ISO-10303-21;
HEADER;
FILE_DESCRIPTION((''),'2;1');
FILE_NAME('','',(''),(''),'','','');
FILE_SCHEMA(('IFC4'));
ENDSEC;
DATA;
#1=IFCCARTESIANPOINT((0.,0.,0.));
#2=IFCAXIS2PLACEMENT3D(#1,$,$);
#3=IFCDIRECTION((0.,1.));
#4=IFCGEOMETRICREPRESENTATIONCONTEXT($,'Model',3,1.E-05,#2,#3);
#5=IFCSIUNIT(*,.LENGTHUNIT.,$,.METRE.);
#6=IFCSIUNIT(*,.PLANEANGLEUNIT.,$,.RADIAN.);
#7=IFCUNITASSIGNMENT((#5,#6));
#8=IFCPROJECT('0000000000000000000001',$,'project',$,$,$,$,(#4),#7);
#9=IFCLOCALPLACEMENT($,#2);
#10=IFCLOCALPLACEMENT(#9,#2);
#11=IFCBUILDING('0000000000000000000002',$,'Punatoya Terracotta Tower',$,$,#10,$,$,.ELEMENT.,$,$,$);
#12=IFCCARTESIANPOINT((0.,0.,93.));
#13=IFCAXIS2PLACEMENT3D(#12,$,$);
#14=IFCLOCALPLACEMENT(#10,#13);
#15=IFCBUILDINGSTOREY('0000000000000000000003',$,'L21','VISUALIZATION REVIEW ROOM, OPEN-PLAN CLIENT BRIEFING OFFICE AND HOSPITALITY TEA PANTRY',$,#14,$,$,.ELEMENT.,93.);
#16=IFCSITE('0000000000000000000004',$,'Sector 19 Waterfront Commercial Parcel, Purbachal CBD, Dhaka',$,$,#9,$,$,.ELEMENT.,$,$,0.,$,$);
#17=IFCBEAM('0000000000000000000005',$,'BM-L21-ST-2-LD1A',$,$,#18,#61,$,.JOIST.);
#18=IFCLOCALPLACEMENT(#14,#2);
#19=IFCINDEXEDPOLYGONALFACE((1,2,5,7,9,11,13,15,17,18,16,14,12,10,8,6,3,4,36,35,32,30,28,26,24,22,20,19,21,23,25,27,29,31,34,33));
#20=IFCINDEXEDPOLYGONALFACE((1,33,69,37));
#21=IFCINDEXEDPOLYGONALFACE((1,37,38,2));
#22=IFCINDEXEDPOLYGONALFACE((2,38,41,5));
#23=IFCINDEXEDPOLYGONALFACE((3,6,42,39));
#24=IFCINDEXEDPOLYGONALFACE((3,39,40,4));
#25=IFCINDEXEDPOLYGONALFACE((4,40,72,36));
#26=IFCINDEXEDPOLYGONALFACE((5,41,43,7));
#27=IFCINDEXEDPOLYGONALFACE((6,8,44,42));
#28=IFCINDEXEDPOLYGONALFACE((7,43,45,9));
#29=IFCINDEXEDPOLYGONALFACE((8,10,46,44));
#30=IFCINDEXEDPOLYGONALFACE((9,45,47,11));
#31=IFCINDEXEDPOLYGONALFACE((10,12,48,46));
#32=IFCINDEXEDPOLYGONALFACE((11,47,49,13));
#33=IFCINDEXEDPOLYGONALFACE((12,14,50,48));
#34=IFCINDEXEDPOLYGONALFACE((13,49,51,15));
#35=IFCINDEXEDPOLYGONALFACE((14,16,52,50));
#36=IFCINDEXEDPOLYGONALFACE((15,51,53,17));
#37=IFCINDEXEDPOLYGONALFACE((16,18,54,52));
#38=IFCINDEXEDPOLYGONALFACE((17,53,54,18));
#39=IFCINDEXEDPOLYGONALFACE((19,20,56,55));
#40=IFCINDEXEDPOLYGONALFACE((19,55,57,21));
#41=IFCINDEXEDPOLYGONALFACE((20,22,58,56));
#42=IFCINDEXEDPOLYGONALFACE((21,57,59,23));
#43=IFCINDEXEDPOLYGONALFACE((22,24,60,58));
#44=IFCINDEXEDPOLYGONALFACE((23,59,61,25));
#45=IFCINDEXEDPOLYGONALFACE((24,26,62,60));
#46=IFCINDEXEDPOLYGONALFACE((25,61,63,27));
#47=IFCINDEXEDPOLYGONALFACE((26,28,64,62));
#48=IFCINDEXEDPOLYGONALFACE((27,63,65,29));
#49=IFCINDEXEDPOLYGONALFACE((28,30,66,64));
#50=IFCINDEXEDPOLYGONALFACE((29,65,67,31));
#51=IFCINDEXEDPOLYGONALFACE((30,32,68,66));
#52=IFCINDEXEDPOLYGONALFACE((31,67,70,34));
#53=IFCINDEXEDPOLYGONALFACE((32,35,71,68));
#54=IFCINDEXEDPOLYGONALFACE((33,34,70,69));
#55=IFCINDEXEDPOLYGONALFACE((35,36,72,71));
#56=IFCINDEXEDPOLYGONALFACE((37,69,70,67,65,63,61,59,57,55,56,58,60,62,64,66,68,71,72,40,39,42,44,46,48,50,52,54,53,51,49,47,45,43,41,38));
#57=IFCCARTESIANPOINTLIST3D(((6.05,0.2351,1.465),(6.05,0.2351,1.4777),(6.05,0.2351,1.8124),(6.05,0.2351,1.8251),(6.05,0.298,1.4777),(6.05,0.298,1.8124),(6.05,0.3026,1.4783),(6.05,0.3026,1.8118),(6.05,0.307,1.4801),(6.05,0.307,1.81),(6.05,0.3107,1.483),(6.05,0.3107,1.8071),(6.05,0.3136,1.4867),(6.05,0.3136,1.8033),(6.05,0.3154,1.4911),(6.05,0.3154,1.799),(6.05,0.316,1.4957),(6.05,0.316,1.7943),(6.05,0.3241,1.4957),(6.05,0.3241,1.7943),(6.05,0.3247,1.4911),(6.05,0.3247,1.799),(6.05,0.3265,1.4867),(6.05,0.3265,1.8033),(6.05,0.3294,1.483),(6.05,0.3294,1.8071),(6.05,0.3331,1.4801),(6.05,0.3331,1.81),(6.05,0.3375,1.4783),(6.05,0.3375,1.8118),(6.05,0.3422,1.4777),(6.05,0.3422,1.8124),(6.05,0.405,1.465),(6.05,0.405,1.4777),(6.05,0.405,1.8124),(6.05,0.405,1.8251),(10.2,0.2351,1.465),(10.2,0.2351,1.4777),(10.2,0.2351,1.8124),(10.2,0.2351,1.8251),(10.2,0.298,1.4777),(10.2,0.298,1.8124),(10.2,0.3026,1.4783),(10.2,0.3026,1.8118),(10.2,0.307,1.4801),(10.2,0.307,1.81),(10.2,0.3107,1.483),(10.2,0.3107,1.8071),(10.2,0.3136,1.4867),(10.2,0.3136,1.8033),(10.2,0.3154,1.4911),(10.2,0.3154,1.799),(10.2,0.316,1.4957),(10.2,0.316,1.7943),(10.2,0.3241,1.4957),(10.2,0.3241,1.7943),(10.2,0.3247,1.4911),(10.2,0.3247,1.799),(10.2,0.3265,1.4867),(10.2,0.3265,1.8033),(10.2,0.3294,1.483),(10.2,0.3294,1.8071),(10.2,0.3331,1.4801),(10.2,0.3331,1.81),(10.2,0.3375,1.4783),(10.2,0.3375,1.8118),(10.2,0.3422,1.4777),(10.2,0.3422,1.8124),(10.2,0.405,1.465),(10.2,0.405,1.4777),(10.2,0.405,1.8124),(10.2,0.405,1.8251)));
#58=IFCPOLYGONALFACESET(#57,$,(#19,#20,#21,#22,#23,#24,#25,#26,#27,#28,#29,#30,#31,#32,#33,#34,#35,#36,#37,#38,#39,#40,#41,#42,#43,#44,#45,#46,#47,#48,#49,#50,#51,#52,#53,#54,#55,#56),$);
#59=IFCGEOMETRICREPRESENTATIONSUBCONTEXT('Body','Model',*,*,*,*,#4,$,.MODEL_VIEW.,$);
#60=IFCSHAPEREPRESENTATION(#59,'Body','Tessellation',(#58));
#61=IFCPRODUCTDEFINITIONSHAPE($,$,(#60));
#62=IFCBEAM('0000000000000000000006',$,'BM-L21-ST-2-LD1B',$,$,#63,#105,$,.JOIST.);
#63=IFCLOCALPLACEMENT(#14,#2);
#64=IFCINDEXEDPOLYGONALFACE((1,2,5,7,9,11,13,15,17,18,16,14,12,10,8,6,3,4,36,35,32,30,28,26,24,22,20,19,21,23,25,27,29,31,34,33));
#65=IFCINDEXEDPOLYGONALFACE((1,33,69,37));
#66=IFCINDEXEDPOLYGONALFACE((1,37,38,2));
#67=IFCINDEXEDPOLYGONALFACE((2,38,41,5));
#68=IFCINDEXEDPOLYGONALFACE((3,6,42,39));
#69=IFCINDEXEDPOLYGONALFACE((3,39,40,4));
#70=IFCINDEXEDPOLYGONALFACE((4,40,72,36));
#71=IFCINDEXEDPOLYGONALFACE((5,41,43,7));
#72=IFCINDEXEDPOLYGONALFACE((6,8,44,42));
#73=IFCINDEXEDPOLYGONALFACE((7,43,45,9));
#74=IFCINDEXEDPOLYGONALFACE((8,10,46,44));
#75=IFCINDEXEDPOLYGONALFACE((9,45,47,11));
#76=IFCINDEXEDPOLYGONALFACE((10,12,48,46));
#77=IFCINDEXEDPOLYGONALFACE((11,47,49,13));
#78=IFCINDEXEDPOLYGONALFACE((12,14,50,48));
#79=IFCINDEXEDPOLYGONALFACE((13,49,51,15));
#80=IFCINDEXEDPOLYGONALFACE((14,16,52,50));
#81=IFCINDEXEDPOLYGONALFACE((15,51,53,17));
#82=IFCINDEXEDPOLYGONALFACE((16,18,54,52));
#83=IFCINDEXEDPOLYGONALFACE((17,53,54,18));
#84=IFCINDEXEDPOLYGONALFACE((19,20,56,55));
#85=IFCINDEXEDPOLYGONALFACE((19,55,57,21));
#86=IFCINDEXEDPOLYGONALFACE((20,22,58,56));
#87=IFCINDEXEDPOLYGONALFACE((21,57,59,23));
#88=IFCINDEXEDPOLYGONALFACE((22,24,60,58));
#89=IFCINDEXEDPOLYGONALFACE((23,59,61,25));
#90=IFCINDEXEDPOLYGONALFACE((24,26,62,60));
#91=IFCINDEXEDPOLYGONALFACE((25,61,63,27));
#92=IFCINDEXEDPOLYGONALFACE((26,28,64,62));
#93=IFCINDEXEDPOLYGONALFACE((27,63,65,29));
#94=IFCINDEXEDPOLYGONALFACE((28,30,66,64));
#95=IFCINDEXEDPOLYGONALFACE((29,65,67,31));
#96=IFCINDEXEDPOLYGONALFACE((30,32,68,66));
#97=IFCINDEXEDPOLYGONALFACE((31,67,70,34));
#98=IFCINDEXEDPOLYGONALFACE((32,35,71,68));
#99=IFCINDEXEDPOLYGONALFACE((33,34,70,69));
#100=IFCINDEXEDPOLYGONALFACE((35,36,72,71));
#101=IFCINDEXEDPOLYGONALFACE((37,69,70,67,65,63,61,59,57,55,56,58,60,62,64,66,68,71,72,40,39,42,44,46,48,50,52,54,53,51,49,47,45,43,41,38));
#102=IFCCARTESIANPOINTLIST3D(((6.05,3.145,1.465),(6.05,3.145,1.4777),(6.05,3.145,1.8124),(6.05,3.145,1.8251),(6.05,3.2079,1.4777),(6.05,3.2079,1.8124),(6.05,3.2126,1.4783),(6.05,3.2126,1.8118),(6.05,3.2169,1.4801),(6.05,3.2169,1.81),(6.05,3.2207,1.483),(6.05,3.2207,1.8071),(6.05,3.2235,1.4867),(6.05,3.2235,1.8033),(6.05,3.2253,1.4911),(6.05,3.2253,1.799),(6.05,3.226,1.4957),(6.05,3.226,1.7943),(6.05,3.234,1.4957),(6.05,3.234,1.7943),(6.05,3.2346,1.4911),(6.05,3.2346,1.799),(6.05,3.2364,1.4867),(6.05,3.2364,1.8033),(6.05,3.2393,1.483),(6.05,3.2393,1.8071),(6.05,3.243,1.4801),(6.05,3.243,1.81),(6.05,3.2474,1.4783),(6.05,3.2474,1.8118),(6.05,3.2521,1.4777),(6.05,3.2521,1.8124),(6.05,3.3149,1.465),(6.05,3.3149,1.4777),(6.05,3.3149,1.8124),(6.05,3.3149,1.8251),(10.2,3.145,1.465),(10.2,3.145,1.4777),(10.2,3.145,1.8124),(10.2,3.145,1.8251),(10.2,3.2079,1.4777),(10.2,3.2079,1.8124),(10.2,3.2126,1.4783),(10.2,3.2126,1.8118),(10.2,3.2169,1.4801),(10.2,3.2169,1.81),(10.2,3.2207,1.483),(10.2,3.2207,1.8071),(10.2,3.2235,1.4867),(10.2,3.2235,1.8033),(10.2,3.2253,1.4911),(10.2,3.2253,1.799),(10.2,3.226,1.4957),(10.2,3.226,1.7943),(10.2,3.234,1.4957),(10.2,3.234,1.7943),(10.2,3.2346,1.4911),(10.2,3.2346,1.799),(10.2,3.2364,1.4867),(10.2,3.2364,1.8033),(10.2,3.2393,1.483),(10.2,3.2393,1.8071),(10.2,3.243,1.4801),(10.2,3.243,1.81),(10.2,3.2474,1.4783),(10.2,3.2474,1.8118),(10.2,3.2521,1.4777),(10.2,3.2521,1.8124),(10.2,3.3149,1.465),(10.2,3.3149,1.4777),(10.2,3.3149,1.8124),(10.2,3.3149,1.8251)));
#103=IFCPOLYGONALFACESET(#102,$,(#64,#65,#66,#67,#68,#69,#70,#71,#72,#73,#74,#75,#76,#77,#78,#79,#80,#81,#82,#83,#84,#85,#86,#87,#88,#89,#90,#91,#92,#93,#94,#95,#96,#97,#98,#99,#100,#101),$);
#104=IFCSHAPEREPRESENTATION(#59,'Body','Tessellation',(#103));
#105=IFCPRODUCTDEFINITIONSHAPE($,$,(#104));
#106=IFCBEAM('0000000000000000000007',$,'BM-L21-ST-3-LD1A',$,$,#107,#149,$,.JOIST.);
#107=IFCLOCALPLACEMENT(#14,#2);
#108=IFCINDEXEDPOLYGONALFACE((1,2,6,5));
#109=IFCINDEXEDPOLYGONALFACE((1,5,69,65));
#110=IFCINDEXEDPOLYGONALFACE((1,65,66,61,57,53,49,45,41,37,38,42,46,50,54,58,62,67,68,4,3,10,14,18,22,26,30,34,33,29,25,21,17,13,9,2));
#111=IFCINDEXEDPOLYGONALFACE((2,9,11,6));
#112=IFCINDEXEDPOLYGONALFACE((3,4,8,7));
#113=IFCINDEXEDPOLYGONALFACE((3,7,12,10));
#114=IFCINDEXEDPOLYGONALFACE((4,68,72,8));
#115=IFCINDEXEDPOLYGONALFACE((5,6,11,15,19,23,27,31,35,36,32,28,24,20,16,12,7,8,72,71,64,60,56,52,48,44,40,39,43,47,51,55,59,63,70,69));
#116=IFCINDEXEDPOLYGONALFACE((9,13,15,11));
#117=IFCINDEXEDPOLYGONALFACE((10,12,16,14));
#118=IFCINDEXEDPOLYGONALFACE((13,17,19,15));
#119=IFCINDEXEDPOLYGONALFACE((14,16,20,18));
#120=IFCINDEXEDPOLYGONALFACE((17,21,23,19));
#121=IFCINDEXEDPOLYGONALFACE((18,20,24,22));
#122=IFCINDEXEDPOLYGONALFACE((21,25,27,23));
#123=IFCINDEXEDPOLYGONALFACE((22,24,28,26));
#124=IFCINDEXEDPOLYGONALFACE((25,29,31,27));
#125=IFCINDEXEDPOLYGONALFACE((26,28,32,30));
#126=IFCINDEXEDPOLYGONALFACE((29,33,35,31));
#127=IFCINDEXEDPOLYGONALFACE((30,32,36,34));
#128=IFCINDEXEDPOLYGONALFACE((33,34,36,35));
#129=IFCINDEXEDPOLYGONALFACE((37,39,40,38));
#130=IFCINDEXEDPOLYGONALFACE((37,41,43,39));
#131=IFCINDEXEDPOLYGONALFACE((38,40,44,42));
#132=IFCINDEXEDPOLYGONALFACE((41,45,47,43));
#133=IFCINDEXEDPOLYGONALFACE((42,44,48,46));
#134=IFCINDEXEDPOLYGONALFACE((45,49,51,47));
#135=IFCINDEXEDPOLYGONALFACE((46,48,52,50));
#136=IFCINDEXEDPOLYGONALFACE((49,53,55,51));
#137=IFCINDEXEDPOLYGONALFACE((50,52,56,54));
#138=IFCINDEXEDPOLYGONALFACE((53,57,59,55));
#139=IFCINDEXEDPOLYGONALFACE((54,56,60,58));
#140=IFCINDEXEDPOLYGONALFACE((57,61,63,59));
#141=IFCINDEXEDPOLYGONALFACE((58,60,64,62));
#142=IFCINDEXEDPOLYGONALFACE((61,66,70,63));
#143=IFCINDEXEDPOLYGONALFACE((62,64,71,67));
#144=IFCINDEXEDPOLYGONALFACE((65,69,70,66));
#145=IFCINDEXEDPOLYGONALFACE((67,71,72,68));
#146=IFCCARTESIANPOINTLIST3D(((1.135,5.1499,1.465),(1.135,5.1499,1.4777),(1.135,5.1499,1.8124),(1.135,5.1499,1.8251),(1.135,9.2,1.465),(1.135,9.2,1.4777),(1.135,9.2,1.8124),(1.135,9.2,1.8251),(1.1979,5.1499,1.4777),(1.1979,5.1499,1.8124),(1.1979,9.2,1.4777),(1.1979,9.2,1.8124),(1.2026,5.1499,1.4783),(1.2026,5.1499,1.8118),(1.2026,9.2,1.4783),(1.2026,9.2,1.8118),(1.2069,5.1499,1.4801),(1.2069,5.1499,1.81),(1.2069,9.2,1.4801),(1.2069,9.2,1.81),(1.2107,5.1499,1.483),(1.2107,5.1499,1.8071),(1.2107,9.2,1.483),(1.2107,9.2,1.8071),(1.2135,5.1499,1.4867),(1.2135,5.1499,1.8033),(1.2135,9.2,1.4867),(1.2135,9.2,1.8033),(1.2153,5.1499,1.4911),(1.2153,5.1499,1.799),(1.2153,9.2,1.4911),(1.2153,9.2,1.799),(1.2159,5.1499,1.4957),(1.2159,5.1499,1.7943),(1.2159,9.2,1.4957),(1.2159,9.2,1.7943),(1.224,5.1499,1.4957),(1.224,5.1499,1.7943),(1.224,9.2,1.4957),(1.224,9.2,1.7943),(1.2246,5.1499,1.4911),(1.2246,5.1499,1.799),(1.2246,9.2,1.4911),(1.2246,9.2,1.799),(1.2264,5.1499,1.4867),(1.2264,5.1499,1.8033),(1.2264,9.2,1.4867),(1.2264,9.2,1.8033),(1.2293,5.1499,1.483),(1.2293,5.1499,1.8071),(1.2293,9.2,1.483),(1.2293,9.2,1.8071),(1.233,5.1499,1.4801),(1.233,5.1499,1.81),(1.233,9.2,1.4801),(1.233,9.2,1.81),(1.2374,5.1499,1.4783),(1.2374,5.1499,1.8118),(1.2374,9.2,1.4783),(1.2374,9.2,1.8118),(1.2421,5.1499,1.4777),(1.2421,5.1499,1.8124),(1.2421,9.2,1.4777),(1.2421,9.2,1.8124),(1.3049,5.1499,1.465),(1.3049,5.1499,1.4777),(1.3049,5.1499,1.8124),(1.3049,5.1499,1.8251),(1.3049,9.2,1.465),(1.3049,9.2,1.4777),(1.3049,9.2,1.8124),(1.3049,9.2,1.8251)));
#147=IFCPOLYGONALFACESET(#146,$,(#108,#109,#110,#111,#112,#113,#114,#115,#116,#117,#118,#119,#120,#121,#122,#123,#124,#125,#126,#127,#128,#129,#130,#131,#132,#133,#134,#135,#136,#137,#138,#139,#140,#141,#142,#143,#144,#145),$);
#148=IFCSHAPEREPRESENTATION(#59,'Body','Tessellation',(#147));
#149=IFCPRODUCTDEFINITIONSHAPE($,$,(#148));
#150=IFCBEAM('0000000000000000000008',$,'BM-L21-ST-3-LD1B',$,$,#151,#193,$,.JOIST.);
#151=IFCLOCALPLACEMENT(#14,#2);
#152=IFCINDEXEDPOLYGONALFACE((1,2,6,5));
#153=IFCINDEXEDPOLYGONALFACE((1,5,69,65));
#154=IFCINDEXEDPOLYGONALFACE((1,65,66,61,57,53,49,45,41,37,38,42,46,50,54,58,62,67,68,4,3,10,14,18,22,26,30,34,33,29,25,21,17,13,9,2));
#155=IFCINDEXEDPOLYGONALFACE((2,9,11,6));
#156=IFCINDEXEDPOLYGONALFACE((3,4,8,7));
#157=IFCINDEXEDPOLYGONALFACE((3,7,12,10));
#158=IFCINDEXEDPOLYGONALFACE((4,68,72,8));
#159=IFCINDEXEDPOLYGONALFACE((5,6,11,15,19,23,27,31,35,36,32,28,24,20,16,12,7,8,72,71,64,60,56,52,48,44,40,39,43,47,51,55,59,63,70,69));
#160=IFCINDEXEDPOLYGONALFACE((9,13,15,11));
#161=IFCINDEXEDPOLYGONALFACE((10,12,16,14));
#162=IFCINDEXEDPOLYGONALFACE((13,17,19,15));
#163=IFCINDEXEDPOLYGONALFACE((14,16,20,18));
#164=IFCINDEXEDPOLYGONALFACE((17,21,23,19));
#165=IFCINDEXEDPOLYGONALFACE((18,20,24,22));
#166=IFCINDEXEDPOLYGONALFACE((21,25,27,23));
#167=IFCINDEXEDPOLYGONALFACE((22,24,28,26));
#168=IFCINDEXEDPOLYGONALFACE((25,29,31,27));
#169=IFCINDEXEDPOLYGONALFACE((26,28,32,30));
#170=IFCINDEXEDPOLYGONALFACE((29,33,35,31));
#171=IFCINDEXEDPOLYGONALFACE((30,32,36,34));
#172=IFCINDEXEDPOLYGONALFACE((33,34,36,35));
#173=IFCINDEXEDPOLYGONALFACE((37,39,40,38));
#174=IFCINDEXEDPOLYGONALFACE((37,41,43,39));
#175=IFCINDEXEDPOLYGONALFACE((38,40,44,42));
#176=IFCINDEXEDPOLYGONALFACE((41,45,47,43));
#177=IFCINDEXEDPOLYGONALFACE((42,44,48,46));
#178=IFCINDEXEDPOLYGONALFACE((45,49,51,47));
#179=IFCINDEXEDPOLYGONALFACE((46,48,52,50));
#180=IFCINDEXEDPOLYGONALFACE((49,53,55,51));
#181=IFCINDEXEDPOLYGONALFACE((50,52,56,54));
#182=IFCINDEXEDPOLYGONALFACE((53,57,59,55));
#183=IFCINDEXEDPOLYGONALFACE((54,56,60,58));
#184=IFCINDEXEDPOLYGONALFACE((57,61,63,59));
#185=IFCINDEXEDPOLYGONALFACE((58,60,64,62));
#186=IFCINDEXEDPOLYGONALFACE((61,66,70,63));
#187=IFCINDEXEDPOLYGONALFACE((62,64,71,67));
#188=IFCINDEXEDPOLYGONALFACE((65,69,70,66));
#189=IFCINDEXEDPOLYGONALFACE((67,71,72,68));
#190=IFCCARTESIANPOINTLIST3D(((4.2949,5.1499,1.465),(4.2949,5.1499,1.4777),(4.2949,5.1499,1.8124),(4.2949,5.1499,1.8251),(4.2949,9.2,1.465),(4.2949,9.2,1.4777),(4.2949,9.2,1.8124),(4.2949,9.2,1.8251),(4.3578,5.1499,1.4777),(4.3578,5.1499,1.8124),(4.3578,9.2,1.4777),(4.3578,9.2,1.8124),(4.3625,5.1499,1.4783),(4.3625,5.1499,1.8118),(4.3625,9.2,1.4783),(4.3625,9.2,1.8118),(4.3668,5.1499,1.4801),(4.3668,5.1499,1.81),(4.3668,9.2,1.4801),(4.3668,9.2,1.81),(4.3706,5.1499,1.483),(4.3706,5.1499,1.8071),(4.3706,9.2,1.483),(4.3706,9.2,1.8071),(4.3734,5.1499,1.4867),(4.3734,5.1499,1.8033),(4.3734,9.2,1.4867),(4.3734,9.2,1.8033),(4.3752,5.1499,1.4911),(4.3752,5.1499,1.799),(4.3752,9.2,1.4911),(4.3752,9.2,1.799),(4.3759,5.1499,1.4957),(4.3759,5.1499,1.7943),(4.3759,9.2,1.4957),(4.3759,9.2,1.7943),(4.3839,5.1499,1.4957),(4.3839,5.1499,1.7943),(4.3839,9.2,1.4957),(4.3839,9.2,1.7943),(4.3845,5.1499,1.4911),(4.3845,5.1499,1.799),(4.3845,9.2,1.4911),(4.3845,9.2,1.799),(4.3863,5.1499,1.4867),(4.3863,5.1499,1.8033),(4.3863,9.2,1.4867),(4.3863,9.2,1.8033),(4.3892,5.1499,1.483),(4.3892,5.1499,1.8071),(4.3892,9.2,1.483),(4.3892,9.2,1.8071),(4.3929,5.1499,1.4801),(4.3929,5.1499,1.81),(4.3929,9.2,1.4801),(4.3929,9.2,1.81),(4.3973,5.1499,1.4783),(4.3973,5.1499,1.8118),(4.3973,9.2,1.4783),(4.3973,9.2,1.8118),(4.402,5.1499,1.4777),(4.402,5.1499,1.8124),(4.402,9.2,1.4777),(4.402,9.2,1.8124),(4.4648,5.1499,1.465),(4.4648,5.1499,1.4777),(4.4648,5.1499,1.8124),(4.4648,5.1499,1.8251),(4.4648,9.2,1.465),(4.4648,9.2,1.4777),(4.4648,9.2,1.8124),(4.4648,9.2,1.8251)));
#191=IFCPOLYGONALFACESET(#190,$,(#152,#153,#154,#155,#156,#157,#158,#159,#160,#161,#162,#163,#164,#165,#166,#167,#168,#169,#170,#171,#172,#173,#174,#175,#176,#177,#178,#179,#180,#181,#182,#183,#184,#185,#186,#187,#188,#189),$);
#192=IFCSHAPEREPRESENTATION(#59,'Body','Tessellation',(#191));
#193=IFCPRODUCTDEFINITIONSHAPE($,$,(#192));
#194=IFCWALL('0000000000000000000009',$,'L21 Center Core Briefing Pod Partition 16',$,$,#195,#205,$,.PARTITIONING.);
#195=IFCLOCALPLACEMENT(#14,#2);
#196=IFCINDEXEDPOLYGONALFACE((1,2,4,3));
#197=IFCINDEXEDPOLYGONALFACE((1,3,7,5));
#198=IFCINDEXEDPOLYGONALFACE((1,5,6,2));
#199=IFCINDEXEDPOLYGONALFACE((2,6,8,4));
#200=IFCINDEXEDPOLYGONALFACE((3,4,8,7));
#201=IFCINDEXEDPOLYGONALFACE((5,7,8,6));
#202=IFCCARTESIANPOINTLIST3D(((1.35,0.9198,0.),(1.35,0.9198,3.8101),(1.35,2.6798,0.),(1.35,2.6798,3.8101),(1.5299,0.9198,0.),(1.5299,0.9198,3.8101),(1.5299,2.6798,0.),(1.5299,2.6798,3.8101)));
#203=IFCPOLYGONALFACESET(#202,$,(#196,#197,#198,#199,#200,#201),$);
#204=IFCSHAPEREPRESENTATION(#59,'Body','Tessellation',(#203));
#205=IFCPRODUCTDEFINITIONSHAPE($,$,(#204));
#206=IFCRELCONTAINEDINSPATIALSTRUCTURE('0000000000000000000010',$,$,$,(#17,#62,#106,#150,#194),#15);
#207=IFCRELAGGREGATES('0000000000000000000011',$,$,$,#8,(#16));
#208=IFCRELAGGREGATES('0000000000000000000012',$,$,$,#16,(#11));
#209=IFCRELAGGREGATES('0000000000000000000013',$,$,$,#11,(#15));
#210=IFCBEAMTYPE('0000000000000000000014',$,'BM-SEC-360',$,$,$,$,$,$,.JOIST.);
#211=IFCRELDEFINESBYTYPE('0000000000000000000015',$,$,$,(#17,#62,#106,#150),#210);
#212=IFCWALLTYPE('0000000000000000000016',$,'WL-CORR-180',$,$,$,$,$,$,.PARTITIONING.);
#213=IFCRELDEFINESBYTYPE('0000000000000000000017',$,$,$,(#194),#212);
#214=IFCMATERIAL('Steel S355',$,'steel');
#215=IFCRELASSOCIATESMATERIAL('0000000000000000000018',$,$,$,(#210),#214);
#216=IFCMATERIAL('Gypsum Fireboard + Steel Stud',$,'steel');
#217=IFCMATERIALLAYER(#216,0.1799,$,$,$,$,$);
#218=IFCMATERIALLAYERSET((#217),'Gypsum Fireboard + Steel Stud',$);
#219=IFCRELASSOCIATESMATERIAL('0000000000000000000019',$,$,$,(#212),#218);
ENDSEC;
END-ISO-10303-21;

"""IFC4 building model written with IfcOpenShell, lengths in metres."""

from ifc_helpers import new_model, si_unit, direction, frame, frame_2d, origin, origin_2d, place, context, subcontext, project, spatial, rectangle, i_section, extrude, material, layer, layer_set, material_profile, profile_set, type_object, element, save


model = new_model("IFC4")

# Units and contexts
model_context = context("Model", 3, precision=1e-05, world=origin(), true_north=direction((0.0, 1.0)))
body_context = subcontext(model_context, "Body", "Model", "MODEL_VIEW")
ifc_project = project(units=[si_unit("LENGTHUNIT", "METRE"), si_unit("PLANEANGLEUNIT", "RADIAN")], contexts=[model_context])

# Site, building, storey
site_placement = place(None, origin())
site = spatial("IfcSite", under=ifc_project, at=site_placement, Name="Sector 19 Waterfront Commercial Parcel, Purbachal CBD, Dhaka", CompositionType="ELEMENT", RefElevation=0.0)
building_placement = place(site_placement, origin())
building = spatial("IfcBuilding", under=site, at=building_placement, Name="Punatoya Terracotta Tower", CompositionType="ELEMENT")
storey_placement = place(building_placement, frame((0.0, 0.0, 93.0)))
storey = spatial("IfcBuildingStorey", under=building, at=storey_placement, Name="L21", Description="VISUALIZATION REVIEW ROOM, OPEN-PLAN CLIENT BRIEFING OFFICE AND HOSPITALITY TEA PANTRY", CompositionType="ELEMENT", Elevation=93.0)

# Beams
ifc_material_1 = material(Name="Steel S355", Category="steel")
ifc_material_profile = material_profile(ifc_material_1, i_section(OverallWidth=0.1699, OverallDepth=0.3601, WebThickness=0.0081, FlangeThickness=0.0127, FilletRadius=0.0181, at=origin_2d()))
ifc_profile_set = profile_set([ifc_material_profile], Name="Steel S355")
beam_type = type_object("IfcBeamType", Name="BM-SEC-360", PredefinedType="JOIST", material=ifc_profile_set)
for number, where, z_axis, x_axis, name in (
    (1, (6.05, 0.3201, 1.645), (1.0, 0.0, 0.0), (0.0, 1.0, 0.0), "BM-L21-ST-2-LD1A"),
    (2, (6.05, 3.23, 1.645), (1.0, 0.0, 0.0), (0.0, 1.0, 0.0), "BM-L21-ST-2-LD1B"),
):
    element("IfcBeam", number, at=place(storey_placement, frame(where, z_axis=z_axis, x_axis=x_axis)), inside=storey, type_object=beam_type, Name=name, PredefinedType="JOIST", context=body_context, shape_type="SweptSolid", body=[
        extrude(i_section(OverallWidth=0.1699, OverallDepth=0.3601, WebThickness=0.0081, FlangeThickness=0.0127, FilletRadius=0.0181, at=origin_2d()), origin(), (0.0, 0.0, 1.0), 4.1499),
    ])
for number, where, z_axis, x_axis, name in (
    (3, (1.22, 5.1499, 1.645), (0.0, 1.0, 0.0), (-1.0, 0.0, 0.0), "BM-L21-ST-3-LD1A"),
    (4, (4.3799, 5.1499, 1.645), (0.0, 1.0, 0.0), (-1.0, 0.0, 0.0), "BM-L21-ST-3-LD1B"),
):
    element("IfcBeam", number, at=place(storey_placement, frame(where, z_axis=z_axis, x_axis=x_axis)), inside=storey, type_object=beam_type, Name=name, PredefinedType="JOIST", context=body_context, shape_type="SweptSolid", body=[
        extrude(i_section(OverallWidth=0.1699, OverallDepth=0.3601, WebThickness=0.0081, FlangeThickness=0.0127, FilletRadius=0.0181, at=origin_2d()), origin(), (0.0, 0.0, 1.0), 4.05),
    ])

# Wall
ifc_material_2 = material(Name="Gypsum Fireboard + Steel Stud", Category="steel")
ifc_layer_1 = layer(ifc_material_2, 0.1799)
ifc_layer_set_1 = layer_set([ifc_layer_1], Name="Gypsum Fireboard + Steel Stud")
wall_type_1 = type_object("IfcWallType", Name="WL-CORR-180", PredefinedType="PARTITIONING", material=ifc_layer_set_1)
wall_1_placement = place(storey_placement, frame((1.4399, 0.9199, 0.0), z_axis=(0.0, 0.0, 1.0), x_axis=(0.0, 1.0, 0.0)))
element("IfcWall", 5, at=wall_1_placement, inside=storey, type_object=wall_type_1, Name="L21 Center Core Briefing Pod Partition 16", PredefinedType="PARTITIONING", context=body_context, shape_type="SweptSolid", body=[
    extrude(rectangle(XDim=1.76, YDim=0.1799, at=frame_2d((0.8799, 0.0))), origin(), (0.0, 0.0, 1.0), 3.8101),
])

save(model, "model.ifc")
